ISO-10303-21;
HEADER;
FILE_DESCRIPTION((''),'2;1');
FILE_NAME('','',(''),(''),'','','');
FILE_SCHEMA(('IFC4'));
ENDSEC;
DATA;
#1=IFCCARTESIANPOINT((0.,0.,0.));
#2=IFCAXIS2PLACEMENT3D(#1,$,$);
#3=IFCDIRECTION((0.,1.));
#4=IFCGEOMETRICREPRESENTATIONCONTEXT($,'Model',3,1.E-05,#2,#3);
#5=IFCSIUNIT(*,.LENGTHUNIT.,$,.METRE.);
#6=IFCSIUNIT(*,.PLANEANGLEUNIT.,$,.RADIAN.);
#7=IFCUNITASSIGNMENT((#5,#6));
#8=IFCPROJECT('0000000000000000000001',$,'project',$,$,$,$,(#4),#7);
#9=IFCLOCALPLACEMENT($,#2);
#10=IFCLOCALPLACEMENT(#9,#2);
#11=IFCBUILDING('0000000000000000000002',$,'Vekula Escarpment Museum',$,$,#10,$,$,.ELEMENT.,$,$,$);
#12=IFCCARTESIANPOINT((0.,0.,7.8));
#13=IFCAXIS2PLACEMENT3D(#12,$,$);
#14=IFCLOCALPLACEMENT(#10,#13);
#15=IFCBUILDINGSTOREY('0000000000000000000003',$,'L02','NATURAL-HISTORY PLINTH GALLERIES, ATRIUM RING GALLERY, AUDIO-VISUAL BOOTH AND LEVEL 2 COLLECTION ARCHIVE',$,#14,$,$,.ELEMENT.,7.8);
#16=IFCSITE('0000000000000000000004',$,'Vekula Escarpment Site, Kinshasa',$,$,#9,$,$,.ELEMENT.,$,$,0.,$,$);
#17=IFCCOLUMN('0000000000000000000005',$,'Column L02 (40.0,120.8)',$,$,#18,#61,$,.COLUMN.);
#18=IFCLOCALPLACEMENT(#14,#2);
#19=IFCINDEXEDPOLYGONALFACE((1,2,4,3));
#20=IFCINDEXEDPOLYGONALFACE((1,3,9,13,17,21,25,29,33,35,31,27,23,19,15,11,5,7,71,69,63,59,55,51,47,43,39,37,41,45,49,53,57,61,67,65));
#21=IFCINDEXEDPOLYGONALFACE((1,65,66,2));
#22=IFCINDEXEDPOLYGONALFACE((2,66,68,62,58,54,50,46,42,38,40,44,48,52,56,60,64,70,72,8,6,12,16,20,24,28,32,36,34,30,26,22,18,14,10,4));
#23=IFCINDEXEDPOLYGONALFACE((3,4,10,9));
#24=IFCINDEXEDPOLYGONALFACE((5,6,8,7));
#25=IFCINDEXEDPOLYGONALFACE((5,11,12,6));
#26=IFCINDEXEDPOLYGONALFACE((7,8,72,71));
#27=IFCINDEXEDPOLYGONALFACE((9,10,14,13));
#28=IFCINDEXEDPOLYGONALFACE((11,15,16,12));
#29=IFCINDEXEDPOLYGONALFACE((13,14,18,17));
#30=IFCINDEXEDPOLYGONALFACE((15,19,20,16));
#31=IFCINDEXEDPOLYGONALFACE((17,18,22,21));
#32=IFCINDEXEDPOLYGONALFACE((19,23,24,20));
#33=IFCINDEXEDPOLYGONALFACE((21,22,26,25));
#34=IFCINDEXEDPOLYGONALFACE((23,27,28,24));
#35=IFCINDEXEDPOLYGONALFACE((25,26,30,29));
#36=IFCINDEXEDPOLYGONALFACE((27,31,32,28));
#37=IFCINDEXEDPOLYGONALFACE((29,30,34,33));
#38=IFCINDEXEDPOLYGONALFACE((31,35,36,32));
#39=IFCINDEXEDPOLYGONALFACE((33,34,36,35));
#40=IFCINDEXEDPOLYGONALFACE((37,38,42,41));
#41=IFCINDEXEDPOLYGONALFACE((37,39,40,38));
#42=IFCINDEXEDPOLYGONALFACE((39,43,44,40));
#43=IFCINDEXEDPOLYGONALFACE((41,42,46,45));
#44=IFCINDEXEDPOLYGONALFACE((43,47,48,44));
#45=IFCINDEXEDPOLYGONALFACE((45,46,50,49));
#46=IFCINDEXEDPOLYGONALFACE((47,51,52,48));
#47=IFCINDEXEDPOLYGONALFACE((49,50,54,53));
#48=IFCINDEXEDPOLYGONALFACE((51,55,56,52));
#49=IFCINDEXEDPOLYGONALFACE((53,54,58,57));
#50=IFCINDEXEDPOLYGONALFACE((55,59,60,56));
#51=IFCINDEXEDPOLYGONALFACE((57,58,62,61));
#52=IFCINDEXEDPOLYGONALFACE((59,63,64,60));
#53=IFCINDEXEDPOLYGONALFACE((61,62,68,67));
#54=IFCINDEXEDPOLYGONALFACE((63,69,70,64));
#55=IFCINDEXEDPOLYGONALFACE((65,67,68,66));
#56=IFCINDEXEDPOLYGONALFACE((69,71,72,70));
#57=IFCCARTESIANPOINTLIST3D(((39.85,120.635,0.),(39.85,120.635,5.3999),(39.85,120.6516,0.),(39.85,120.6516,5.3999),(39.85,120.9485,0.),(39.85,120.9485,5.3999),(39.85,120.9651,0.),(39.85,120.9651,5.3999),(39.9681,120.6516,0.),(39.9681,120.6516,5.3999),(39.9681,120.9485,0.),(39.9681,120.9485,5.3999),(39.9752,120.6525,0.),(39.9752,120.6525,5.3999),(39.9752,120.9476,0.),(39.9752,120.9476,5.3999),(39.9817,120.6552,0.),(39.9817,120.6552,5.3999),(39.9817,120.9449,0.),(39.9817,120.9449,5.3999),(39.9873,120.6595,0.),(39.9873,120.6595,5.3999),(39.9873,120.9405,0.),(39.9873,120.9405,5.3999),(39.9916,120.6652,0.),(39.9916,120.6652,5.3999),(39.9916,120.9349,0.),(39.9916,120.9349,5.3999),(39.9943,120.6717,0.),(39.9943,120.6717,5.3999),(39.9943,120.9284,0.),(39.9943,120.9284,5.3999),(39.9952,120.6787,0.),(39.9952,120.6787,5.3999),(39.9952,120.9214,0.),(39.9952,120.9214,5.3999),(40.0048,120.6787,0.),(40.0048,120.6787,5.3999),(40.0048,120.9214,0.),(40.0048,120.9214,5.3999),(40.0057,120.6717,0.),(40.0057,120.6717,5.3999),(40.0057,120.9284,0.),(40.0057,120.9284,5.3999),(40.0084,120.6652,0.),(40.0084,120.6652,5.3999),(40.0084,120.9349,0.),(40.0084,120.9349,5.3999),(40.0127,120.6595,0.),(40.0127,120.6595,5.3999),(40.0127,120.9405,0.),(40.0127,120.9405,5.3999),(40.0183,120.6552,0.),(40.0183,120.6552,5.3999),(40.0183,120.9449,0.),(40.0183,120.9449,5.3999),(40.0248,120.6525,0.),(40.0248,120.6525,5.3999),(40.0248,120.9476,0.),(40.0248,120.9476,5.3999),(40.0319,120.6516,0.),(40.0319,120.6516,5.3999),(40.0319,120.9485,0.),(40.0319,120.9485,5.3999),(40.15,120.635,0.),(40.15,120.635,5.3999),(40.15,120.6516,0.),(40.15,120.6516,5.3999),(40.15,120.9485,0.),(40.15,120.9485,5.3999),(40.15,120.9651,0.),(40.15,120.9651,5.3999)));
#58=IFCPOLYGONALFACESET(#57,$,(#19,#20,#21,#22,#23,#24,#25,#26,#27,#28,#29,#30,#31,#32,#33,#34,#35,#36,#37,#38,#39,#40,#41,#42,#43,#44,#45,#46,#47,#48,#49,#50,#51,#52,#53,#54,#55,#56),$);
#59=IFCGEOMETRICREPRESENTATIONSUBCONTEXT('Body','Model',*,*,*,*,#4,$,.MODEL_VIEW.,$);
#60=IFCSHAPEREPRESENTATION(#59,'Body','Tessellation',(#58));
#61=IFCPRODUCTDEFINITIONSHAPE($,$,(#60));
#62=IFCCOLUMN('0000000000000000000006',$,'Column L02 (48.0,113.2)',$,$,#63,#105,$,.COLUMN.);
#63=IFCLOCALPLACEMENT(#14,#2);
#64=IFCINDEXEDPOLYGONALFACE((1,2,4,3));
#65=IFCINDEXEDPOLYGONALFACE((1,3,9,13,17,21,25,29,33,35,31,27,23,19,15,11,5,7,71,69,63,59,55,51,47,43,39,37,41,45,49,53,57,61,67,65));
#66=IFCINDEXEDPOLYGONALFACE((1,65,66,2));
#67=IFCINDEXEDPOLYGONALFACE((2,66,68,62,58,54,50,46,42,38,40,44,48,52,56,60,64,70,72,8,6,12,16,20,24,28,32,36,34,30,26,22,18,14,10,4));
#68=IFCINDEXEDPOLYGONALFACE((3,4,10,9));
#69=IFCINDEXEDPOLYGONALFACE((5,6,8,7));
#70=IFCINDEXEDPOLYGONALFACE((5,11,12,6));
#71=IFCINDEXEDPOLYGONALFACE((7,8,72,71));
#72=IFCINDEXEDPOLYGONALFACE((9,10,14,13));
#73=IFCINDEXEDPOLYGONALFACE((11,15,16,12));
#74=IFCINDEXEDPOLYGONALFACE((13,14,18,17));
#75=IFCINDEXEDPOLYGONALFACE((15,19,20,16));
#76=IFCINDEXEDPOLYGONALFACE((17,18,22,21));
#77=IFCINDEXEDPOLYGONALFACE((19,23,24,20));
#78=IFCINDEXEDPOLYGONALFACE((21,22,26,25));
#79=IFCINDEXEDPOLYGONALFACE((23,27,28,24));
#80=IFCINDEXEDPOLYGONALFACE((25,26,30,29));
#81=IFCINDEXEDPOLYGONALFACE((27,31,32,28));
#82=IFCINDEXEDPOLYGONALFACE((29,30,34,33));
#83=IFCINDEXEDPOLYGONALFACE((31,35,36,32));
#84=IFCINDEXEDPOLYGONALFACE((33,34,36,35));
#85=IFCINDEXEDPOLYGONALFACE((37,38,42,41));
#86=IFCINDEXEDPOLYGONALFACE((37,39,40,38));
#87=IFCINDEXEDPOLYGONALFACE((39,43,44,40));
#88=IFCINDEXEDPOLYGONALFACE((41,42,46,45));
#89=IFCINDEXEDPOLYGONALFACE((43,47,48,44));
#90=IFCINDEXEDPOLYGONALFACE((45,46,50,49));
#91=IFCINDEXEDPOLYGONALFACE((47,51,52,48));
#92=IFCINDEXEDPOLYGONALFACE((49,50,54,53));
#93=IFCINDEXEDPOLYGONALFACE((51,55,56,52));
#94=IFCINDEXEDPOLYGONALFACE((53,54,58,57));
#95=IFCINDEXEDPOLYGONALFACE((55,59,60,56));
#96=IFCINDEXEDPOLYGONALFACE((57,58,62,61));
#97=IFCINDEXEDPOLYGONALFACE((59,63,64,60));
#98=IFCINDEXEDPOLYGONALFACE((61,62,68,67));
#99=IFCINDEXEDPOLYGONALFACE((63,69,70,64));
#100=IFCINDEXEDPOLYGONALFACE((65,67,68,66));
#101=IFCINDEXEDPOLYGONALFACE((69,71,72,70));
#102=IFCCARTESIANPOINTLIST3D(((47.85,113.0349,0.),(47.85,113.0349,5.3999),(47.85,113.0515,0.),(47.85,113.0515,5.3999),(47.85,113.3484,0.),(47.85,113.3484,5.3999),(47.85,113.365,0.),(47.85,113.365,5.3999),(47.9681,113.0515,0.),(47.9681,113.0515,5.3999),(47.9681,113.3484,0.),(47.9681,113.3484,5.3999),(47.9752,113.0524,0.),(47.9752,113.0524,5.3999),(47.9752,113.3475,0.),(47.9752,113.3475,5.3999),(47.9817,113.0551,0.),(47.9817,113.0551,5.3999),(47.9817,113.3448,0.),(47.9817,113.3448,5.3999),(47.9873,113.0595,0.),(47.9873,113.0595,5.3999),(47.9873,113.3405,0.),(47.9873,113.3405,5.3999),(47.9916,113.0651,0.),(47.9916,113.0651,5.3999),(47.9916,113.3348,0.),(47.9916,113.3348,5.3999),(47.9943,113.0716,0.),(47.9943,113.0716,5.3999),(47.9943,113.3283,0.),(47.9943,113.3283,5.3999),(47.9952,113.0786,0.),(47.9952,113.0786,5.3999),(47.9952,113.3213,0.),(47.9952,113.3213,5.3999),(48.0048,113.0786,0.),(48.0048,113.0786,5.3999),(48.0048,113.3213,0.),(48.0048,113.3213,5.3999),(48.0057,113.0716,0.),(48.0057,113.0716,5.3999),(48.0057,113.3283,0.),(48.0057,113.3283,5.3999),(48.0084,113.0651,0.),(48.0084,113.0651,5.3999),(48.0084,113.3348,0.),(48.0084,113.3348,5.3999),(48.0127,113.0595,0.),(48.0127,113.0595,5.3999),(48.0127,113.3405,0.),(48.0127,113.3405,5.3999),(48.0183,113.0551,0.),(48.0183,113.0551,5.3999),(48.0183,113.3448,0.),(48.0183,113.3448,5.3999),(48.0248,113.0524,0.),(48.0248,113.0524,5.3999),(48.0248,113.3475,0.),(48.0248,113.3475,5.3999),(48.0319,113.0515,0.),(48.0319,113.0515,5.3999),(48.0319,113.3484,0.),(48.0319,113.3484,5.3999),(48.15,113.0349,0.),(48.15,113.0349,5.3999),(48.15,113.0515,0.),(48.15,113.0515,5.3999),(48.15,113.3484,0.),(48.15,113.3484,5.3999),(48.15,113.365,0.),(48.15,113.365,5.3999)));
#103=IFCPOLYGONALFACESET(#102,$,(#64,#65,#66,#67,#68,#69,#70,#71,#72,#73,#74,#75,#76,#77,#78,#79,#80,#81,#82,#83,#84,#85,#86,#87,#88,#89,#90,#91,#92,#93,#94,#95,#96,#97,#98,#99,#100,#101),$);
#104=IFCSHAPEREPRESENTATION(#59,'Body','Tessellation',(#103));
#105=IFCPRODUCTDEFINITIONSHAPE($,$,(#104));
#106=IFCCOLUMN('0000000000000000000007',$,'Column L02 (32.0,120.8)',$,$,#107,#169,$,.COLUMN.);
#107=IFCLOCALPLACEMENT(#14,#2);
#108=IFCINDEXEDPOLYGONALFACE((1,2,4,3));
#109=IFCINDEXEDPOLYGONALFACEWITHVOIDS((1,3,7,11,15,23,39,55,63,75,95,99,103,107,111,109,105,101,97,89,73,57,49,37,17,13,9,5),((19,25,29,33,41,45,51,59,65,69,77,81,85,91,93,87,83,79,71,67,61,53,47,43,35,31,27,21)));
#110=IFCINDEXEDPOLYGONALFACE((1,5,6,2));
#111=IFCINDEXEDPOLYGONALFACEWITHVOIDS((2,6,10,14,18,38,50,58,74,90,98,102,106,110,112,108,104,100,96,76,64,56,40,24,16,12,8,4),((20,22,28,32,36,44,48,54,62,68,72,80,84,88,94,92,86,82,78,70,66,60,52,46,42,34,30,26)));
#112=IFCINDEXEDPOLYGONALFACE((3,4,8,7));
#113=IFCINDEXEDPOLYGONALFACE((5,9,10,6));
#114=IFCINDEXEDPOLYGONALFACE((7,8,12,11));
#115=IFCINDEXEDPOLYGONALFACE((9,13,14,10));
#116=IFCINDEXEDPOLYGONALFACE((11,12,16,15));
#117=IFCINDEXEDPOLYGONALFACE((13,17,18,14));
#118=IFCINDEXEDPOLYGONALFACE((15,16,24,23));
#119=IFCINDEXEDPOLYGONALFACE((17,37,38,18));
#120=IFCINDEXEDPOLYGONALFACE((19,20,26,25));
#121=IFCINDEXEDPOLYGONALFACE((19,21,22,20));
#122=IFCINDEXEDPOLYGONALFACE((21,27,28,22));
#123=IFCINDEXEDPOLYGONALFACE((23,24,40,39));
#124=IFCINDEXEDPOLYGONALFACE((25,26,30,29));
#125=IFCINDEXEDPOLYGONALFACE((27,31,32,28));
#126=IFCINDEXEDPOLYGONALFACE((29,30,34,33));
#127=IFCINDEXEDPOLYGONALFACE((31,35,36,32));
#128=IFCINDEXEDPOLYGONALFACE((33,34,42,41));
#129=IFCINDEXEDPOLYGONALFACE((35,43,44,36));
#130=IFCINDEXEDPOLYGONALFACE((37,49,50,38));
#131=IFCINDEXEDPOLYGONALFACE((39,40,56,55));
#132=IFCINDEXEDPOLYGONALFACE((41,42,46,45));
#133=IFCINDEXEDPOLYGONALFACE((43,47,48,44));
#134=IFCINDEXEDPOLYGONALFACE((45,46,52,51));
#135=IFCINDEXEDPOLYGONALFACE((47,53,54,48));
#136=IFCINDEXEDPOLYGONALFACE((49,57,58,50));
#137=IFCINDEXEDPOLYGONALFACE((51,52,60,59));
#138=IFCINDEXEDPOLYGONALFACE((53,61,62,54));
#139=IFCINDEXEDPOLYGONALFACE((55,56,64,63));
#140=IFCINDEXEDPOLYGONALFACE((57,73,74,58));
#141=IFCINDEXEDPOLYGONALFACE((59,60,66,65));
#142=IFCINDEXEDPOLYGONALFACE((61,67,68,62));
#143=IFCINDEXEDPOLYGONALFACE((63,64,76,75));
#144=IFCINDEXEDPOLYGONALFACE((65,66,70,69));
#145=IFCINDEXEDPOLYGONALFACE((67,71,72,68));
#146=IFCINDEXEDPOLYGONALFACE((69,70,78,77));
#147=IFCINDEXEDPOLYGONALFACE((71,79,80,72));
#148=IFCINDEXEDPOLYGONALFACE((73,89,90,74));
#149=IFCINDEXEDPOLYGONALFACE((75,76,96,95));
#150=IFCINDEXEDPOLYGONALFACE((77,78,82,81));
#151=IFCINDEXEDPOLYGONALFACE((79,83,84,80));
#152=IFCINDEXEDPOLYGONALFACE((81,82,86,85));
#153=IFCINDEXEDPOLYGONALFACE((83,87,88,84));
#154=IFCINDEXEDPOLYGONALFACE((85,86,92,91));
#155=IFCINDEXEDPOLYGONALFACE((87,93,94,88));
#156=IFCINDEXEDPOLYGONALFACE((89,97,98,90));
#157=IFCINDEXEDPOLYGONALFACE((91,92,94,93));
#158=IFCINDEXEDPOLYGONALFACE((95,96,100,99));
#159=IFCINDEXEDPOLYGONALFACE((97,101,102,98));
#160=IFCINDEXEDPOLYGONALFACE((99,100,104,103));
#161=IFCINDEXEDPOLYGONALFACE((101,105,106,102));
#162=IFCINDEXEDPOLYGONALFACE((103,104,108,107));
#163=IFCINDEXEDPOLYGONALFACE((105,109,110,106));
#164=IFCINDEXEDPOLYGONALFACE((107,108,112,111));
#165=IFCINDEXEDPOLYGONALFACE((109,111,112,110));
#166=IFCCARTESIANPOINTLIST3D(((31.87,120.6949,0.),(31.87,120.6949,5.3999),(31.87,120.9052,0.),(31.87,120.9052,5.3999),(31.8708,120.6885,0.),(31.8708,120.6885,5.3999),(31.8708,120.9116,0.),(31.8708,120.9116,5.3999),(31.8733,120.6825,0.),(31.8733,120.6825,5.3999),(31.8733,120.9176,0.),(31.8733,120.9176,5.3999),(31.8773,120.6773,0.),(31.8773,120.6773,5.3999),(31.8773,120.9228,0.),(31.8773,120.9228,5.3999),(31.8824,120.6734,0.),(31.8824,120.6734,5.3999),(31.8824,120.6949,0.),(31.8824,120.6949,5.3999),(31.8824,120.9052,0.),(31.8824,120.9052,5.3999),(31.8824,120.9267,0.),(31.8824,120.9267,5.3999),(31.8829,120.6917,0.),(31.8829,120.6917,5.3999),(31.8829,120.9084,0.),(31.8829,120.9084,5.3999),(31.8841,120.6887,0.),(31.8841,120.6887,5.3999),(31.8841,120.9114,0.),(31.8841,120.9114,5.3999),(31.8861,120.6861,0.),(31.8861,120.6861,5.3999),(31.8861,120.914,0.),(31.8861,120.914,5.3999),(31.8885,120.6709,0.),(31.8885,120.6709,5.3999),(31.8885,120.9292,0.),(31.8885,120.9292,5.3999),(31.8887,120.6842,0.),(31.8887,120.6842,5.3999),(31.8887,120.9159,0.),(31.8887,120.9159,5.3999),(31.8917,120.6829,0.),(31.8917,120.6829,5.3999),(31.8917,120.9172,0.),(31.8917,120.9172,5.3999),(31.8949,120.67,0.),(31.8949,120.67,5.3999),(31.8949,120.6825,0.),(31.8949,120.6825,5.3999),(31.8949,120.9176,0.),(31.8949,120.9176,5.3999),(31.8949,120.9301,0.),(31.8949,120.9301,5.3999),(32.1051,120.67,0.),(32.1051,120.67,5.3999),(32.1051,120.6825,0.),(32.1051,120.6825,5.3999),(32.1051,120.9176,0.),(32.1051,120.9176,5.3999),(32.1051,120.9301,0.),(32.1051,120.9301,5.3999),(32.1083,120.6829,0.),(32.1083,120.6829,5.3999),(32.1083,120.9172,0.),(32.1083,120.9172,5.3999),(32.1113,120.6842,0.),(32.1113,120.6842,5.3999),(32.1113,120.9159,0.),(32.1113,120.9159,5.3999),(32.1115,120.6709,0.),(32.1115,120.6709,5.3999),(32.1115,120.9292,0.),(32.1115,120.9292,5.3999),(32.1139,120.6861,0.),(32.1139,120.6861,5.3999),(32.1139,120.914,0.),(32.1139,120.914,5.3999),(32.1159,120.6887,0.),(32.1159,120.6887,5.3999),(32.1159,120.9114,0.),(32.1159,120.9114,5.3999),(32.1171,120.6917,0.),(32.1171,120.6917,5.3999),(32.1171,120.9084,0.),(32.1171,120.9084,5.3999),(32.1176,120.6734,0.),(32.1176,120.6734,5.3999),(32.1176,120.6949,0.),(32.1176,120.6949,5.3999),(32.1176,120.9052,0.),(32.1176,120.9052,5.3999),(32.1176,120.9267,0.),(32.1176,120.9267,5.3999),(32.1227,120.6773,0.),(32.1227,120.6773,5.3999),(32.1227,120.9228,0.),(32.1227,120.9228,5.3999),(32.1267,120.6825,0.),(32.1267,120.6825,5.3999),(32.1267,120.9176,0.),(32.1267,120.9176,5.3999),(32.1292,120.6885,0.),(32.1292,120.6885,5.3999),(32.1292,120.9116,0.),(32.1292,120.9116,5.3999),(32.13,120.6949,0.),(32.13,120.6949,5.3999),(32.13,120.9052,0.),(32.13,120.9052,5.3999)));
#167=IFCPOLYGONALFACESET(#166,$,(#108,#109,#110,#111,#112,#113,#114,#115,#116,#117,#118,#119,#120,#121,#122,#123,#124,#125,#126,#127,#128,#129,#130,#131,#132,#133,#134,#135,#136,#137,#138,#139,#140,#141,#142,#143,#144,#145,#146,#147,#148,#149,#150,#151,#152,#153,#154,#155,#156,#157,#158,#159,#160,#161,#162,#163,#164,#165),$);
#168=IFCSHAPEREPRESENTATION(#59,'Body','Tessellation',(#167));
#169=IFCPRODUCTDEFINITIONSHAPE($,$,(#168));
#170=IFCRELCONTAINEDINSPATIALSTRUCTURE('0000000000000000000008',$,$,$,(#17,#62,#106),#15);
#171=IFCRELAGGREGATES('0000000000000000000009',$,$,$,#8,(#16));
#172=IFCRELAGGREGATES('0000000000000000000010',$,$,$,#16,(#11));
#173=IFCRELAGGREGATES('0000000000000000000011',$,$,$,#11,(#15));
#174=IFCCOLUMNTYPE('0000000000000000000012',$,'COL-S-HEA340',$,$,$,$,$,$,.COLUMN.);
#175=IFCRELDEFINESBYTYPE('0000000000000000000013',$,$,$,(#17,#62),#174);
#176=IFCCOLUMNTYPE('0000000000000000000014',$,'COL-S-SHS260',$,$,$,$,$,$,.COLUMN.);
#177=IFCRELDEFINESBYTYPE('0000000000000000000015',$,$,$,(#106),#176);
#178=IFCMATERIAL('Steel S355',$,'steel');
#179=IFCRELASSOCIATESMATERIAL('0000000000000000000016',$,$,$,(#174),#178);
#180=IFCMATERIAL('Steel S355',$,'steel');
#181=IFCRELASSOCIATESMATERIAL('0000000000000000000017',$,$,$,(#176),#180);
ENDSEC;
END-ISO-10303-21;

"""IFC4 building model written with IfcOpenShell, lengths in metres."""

from ifc_helpers import new_model, si_unit, direction, frame, origin, origin_2d, place, context, subcontext, project, spatial, hollow_rectangle, i_section, extrude, material, material_profile, profile_set, type_object, element, save


model = new_model("IFC4")

# Units and contexts
model_context = context("Model", 3, precision=1e-05, world=origin(), true_north=direction((0.0, 1.0)))
body_context = subcontext(model_context, "Body", "Model", "MODEL_VIEW")
ifc_project = project(units=[si_unit("LENGTHUNIT", "METRE"), si_unit("PLANEANGLEUNIT", "RADIAN")], contexts=[model_context])

# Site, building, storey
site_placement = place(None, origin())
site = spatial("IfcSite", under=ifc_project, at=site_placement, Name="Vekula Escarpment Site, Kinshasa", CompositionType="ELEMENT", RefElevation=0.0)
building_placement = place(site_placement, origin())
building = spatial("IfcBuilding", under=site, at=building_placement, Name="Vekula Escarpment Museum", CompositionType="ELEMENT")
storey_placement = place(building_placement, frame((0.0, 0.0, 7.8)))
storey = spatial("IfcBuildingStorey", under=building, at=storey_placement, Name="L02", Description="NATURAL-HISTORY PLINTH GALLERIES, ATRIUM RING GALLERY, AUDIO-VISUAL BOOTH AND LEVEL 2 COLLECTION ARCHIVE", CompositionType="ELEMENT", Elevation=7.8)

# Columns
ifc_material_1 = material(Name="Steel S355", Category="steel")
ifc_material_profile_1 = material_profile(ifc_material_1, i_section(OverallWidth=0.3, OverallDepth=0.3301, WebThickness=0.0095, FlangeThickness=0.0166, FilletRadius=0.0271, at=origin_2d()), Name="HEA 340")
ifc_profile_set_1 = profile_set([ifc_material_profile_1], Name="Steel S355")
column_type_1 = type_object("IfcColumnType", Name="COL-S-HEA340", PredefinedType="COLUMN", material=ifc_profile_set_1)
for number, where, z_axis, x_axis, name in (
    (1, (40.0, 120.8, 0.0), (0.0, 0.0, 1.0), (1.0, 0.0, 0.0), "Column L02 (40.0,120.8)"),
    (2, (48.0, 113.2, 0.0), (0.0, 0.0, 1.0), (1.0, 0.0, 0.0), "Column L02 (48.0,113.2)"),
):
    element("IfcColumn", number, at=place(storey_placement, frame(where, z_axis=z_axis, x_axis=x_axis)), inside=storey, type_object=column_type_1, Name=name, PredefinedType="COLUMN", context=body_context, shape_type="SweptSolid", body=[
        extrude(i_section(OverallWidth=0.3, OverallDepth=0.3301, WebThickness=0.0095, FlangeThickness=0.0166, FilletRadius=0.0271, at=origin_2d()), origin(), (0.0, 0.0, 1.0), 5.3999),
    ])
ifc_material_2 = material(Name="Steel S355", Category="steel")
ifc_material_profile_2 = material_profile(ifc_material_2, hollow_rectangle(XDim=0.26, YDim=0.26, WallThickness=0.0125, InnerFilletRadius=0.0125, OuterFilletRadius=0.0249, at=origin_2d()), Name="SHS 260x260x12.5")
ifc_profile_set_2 = profile_set([ifc_material_profile_2], Name="Steel S355")
column_type_2 = type_object("IfcColumnType", Name="COL-S-SHS260", PredefinedType="COLUMN", material=ifc_profile_set_2)
for number, where, z_axis, x_axis, name in (
    (3, (32.0, 120.8, 0.0), (0.0, 0.0, 1.0), (1.0, 0.0, 0.0), "Column L02 (32.0,120.8)"),
):
    element("IfcColumn", number, at=place(storey_placement, frame(where, z_axis=z_axis, x_axis=x_axis)), inside=storey, type_object=column_type_2, Name=name, PredefinedType="COLUMN", context=body_context, shape_type="SweptSolid", body=[
        extrude(hollow_rectangle(XDim=0.26, YDim=0.26, WallThickness=0.0125, InnerFilletRadius=0.0125, OuterFilletRadius=0.0249, at=origin_2d()), origin(), (0.0, 0.0, 1.0), 5.3999),
    ])

save(model, "model.ifc")
